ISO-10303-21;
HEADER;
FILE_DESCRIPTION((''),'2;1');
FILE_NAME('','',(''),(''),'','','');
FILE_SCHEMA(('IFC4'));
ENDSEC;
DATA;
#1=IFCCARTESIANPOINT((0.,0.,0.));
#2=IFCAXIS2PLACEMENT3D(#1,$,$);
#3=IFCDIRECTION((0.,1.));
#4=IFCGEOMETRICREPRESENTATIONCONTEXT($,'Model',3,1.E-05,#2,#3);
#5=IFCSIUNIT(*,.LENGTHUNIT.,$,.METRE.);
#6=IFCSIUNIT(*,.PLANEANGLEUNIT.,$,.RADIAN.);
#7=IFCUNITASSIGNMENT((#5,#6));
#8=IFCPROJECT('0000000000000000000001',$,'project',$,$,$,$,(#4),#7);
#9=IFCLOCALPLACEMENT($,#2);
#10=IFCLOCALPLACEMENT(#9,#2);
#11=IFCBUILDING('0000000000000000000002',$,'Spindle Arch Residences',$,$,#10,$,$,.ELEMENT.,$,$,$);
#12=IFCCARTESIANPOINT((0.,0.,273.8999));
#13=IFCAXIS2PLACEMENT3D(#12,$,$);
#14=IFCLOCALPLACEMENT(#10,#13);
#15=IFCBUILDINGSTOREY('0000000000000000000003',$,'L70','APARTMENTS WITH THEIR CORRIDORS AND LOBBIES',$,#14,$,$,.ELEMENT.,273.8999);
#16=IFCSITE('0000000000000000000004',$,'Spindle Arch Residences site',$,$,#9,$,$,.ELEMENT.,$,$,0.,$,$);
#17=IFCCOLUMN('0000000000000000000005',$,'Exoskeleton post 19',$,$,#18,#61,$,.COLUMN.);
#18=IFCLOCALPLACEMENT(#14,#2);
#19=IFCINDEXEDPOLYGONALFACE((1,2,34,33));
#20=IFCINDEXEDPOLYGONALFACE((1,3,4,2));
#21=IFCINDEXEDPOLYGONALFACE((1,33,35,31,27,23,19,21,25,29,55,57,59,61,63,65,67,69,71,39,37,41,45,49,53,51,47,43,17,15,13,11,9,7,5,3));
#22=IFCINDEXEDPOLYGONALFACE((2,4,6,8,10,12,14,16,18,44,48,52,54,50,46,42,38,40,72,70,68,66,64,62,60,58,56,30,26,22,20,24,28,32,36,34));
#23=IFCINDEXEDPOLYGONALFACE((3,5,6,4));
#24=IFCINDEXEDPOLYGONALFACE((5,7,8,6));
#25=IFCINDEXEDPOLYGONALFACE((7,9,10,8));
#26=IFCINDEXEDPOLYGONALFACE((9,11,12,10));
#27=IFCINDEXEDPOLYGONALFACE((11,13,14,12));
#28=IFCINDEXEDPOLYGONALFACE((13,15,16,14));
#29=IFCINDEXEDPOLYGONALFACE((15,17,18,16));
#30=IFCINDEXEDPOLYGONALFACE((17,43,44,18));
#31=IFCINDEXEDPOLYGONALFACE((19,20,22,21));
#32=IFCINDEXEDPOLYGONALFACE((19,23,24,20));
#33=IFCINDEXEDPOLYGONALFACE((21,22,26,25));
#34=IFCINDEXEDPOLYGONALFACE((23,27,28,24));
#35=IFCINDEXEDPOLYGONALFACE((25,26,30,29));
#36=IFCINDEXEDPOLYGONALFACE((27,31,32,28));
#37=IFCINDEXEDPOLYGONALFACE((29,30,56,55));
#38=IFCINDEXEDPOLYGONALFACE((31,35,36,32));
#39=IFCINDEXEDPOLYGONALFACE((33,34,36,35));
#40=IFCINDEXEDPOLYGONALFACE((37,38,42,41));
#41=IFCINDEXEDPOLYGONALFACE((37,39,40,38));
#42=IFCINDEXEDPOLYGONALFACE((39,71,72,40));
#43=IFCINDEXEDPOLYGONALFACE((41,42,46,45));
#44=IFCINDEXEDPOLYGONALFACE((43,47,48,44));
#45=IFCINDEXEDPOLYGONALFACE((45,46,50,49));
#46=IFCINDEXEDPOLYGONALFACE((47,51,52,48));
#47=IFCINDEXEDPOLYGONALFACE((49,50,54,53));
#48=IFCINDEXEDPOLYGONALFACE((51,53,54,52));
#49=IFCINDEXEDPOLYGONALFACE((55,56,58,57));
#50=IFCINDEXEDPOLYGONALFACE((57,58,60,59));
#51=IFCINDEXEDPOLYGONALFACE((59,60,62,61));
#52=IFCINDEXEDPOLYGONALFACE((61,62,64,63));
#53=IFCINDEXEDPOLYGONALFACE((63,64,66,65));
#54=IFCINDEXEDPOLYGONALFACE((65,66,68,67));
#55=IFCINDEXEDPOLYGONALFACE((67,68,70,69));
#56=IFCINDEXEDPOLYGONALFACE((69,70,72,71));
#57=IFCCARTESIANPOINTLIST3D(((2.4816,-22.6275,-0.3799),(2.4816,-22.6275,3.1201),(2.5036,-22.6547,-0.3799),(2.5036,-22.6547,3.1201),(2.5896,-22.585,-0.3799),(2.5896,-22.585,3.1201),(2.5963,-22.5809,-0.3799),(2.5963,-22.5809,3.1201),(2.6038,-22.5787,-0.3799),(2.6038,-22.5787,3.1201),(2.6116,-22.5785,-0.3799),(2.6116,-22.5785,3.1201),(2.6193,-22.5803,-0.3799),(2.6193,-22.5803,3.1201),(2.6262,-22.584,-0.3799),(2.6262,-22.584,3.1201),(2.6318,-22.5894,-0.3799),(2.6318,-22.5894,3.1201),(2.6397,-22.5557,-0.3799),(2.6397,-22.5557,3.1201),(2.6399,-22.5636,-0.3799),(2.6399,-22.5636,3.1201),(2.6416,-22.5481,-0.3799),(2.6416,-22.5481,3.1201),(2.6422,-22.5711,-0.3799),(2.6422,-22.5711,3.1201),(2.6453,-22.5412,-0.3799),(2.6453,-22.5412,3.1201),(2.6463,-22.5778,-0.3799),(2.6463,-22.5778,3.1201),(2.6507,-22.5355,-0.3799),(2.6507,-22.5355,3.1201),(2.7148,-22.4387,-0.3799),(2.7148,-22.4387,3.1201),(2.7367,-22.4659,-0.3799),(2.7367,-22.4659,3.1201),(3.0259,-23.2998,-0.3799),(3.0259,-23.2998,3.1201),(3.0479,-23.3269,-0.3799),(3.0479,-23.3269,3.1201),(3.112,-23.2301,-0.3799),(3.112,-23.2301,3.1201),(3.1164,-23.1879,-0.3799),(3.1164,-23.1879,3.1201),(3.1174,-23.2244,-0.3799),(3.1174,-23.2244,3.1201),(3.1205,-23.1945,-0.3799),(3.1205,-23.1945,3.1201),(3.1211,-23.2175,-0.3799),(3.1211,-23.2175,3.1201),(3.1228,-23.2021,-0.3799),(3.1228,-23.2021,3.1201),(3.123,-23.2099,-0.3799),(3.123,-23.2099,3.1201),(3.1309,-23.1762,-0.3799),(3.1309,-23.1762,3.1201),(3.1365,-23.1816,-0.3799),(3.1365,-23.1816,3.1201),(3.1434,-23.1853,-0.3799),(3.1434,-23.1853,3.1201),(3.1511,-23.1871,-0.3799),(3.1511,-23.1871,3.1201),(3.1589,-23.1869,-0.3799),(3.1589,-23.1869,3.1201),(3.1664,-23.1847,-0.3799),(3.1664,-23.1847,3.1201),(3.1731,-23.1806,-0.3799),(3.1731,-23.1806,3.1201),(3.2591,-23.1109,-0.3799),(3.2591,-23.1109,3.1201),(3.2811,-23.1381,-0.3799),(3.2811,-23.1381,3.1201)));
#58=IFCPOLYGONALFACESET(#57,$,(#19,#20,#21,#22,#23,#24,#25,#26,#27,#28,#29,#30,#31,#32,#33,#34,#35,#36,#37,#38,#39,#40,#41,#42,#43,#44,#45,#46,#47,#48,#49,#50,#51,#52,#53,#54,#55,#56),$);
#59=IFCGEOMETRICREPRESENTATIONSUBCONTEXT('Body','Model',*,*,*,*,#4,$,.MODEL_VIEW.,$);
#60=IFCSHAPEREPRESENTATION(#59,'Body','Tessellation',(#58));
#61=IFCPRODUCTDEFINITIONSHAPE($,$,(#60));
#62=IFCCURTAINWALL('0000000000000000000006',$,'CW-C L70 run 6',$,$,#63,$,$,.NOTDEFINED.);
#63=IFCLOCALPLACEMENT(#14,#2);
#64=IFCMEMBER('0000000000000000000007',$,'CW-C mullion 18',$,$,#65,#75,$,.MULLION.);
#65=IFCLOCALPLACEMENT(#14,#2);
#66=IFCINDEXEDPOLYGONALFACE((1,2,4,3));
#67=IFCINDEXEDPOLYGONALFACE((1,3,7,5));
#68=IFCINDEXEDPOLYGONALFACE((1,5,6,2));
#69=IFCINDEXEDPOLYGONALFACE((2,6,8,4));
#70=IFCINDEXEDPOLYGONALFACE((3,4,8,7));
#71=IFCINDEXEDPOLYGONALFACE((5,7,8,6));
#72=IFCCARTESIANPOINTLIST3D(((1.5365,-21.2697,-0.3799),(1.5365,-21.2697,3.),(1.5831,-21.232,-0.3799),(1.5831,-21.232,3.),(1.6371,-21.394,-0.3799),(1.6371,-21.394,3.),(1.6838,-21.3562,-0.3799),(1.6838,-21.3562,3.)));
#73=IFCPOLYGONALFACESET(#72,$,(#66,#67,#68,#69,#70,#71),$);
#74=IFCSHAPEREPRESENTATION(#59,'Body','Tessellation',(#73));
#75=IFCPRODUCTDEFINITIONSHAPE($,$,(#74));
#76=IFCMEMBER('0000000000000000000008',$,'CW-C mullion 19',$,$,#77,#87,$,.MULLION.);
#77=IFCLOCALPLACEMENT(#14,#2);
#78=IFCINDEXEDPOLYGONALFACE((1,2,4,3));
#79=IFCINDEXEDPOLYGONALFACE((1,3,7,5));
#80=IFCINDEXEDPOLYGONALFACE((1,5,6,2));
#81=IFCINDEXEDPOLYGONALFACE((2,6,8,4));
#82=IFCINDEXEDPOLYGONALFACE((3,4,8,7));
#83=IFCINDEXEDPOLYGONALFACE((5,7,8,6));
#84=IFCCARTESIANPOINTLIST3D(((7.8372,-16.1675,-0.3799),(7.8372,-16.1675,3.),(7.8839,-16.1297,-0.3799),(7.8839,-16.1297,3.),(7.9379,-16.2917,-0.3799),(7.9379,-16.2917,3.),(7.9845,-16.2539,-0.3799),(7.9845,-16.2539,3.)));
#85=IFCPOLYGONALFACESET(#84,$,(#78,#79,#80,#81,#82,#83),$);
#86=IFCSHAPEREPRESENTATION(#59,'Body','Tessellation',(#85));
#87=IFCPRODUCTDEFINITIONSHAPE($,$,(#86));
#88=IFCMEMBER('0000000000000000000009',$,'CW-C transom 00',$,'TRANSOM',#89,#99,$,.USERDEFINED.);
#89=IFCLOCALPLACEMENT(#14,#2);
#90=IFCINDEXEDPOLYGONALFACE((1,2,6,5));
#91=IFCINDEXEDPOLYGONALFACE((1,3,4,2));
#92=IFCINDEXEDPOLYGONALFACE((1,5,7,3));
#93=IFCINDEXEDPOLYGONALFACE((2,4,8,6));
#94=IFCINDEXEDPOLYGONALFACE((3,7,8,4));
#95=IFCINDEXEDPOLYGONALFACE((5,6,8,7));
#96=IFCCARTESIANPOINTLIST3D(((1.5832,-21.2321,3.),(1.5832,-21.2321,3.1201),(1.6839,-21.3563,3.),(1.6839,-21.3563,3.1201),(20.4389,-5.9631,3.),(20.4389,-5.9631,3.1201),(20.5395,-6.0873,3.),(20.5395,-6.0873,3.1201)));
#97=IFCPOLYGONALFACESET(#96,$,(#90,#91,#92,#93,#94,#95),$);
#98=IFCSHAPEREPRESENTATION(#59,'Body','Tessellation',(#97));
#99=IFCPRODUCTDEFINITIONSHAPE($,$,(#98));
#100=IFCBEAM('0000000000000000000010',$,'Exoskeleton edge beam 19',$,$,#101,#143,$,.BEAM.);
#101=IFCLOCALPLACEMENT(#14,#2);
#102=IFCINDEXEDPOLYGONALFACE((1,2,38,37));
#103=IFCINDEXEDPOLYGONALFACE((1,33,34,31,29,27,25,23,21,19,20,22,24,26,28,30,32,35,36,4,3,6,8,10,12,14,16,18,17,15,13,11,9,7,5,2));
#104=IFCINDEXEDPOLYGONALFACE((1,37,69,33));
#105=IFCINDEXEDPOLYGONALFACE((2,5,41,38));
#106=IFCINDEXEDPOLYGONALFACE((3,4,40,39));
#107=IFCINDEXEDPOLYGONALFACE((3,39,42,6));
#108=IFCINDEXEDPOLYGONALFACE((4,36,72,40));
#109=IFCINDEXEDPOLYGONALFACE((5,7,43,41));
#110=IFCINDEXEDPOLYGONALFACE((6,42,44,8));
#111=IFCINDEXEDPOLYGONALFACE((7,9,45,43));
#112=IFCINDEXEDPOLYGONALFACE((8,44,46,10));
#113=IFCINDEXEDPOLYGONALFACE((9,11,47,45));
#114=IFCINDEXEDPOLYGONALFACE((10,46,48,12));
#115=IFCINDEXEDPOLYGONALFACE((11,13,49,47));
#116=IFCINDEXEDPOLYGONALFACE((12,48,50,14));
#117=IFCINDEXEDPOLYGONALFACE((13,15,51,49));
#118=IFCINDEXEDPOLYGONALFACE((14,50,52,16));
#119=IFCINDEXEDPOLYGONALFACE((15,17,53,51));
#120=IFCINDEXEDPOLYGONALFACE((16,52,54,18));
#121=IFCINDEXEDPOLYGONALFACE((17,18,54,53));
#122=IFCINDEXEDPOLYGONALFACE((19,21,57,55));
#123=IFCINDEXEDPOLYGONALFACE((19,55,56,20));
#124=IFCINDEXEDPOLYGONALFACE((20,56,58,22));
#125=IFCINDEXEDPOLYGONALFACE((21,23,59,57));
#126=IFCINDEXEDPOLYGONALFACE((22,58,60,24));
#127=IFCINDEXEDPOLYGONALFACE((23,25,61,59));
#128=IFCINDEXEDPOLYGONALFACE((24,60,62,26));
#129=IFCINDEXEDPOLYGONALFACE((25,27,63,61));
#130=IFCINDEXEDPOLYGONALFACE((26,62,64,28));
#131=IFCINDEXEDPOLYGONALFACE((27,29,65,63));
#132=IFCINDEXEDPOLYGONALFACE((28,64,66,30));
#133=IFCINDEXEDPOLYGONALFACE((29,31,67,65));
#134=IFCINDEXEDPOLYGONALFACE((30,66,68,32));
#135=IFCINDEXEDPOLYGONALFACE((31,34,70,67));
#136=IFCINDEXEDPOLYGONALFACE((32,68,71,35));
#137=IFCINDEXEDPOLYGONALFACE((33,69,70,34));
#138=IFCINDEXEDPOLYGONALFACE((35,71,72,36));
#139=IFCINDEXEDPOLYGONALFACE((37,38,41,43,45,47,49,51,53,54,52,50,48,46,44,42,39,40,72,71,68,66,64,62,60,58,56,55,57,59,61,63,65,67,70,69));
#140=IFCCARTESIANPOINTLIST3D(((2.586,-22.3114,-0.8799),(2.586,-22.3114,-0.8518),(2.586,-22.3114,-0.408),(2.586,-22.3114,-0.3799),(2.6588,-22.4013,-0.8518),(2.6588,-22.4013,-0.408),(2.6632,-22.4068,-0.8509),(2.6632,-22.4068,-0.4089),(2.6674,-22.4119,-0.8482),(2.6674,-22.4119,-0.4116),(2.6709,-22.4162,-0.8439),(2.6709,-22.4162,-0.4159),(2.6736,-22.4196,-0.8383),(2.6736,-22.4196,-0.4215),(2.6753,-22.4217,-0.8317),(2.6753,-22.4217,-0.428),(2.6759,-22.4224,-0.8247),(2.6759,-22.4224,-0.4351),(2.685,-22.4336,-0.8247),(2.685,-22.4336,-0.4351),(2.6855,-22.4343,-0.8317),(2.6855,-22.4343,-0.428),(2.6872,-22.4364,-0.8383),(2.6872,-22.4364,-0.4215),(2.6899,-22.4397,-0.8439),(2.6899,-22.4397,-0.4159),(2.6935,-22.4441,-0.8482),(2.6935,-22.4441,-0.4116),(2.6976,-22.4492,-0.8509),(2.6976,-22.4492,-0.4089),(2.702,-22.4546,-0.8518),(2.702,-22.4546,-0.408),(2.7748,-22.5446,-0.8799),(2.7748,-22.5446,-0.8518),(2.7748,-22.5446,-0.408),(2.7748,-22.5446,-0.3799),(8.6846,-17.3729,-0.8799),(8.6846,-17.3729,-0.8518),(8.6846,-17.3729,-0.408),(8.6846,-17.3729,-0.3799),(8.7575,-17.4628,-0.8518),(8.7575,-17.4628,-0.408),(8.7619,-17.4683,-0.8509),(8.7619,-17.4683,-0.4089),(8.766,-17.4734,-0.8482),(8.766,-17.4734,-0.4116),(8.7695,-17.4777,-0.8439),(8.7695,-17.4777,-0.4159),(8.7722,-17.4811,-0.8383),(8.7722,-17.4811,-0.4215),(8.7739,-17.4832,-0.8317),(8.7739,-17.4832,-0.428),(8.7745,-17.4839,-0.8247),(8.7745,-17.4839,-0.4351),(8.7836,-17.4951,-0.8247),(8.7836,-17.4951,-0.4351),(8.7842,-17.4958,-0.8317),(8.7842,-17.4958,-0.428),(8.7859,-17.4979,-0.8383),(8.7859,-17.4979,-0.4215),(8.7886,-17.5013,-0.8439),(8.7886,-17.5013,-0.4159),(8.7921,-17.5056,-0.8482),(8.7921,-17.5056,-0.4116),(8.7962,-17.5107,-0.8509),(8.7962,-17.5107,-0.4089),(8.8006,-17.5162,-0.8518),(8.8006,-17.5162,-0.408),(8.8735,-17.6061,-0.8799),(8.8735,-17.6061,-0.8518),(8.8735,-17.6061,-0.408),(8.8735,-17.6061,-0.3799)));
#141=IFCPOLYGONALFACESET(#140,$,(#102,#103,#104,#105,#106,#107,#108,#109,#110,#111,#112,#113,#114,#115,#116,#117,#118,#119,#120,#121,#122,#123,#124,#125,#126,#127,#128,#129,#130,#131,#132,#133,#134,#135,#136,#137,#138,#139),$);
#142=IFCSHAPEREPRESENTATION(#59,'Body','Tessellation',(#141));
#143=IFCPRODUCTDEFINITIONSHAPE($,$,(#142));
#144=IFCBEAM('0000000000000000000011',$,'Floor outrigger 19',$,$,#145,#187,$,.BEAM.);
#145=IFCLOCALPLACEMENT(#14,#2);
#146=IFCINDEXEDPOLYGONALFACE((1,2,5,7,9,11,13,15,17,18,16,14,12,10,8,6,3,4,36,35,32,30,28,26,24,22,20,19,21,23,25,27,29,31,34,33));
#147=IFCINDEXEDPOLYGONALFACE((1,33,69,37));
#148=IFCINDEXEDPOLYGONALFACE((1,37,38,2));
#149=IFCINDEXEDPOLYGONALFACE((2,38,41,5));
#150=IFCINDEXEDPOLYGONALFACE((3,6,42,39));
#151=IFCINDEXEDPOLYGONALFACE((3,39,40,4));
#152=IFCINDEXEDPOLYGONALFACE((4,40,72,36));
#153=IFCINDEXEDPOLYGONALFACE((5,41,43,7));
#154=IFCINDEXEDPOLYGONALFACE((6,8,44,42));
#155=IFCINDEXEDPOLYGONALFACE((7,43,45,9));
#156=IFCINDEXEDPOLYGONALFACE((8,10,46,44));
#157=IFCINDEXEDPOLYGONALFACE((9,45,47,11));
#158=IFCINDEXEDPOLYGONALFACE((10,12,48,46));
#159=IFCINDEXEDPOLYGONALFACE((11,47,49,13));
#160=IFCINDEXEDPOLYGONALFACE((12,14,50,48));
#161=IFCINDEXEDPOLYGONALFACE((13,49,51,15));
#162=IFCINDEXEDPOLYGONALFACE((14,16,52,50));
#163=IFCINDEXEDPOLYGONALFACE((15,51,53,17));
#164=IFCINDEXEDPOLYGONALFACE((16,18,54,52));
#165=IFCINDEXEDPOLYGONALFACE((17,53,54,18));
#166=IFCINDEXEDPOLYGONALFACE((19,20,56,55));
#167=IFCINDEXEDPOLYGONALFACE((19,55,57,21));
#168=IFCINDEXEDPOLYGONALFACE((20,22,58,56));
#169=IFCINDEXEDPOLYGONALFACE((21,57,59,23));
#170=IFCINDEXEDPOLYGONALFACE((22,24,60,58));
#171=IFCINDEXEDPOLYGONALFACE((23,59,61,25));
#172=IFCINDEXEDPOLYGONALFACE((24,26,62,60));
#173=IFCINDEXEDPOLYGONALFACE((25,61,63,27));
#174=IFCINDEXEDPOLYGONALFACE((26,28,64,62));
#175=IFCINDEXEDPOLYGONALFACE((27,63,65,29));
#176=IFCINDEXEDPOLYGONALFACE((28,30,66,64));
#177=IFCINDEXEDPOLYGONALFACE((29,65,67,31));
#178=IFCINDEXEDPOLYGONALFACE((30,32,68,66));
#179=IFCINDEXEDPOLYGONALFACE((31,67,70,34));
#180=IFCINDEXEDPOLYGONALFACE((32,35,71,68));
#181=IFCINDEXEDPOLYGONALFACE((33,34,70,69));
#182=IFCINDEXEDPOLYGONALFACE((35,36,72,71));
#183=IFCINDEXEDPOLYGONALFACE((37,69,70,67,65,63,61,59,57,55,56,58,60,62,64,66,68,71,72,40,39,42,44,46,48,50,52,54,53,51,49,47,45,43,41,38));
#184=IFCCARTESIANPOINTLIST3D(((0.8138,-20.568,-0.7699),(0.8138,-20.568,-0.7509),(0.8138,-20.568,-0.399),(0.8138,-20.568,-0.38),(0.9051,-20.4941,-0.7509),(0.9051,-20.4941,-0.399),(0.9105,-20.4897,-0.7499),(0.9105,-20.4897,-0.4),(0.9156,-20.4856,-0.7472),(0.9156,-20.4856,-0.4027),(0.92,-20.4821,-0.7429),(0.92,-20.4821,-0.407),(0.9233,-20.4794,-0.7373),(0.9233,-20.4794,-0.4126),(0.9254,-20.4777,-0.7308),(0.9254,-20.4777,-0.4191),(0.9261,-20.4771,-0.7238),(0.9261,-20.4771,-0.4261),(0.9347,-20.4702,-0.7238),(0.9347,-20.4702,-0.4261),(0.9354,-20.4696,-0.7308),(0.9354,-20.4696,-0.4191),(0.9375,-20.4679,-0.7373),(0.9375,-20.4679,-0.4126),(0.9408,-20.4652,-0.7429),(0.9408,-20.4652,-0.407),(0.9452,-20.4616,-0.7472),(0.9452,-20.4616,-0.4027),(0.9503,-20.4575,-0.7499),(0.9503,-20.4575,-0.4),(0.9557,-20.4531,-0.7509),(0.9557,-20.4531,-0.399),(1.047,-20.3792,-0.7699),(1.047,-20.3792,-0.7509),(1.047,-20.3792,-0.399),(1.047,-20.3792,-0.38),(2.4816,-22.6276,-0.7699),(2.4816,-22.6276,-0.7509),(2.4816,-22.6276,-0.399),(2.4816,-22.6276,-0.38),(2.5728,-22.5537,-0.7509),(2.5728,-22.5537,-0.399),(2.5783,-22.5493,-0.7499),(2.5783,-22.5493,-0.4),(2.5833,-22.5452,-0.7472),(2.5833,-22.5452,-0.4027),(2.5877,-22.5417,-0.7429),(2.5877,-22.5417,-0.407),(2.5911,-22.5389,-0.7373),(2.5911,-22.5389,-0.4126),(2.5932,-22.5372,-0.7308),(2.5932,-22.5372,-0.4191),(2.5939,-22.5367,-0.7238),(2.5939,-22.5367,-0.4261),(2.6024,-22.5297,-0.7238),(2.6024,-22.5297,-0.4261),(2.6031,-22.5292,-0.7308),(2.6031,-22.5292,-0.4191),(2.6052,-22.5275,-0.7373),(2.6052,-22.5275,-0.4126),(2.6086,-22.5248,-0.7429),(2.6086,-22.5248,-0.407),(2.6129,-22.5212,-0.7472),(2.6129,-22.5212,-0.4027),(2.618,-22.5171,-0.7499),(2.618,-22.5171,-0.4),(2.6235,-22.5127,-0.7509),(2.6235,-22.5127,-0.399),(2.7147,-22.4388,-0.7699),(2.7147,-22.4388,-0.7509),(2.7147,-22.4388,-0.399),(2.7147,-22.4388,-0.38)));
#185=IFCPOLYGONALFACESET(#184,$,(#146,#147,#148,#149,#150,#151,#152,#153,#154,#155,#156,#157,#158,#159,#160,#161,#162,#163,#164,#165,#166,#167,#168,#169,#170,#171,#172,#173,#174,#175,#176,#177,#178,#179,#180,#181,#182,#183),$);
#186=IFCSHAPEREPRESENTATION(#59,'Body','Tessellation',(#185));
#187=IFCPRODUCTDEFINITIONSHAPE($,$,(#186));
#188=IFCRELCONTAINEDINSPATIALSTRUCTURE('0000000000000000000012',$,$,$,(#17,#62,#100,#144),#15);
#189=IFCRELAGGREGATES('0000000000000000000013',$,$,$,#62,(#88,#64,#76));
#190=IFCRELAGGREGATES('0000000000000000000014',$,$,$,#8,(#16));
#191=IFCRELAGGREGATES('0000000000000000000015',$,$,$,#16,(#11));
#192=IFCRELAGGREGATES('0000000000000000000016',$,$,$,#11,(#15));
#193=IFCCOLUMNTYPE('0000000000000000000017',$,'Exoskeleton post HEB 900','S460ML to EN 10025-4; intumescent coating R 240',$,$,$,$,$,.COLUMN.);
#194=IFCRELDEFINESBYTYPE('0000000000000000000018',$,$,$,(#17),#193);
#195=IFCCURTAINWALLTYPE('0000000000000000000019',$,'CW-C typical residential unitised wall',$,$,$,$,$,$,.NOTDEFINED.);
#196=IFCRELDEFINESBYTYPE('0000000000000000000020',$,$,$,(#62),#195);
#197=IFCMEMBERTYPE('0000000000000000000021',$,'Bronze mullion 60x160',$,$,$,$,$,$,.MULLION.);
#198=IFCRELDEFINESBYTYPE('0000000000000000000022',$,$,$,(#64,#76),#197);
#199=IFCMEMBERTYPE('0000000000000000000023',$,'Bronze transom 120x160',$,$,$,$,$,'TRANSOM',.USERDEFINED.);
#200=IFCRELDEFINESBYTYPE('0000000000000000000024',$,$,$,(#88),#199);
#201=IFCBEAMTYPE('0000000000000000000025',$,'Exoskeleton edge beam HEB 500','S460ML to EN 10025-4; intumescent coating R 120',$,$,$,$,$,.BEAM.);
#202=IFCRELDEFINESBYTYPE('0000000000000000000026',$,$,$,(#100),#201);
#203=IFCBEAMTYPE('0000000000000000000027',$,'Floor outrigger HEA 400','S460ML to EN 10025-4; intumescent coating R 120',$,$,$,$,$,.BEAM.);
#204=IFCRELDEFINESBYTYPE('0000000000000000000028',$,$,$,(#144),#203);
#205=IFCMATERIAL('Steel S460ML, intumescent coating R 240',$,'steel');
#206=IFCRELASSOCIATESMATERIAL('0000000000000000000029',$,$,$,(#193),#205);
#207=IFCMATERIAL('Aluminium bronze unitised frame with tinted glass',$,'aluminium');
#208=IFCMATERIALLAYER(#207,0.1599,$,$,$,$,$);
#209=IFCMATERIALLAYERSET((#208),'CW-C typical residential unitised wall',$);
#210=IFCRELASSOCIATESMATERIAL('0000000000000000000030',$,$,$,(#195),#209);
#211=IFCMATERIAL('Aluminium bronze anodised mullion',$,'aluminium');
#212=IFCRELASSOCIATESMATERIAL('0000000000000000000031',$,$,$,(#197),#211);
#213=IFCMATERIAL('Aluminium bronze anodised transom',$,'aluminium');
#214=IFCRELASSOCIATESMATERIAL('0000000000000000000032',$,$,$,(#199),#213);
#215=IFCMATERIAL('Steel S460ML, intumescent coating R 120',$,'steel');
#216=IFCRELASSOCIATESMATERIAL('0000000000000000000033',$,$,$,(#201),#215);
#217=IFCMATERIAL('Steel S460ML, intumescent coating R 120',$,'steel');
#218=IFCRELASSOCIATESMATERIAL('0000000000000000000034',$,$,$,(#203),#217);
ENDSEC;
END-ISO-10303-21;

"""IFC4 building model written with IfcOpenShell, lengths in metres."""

from ifc_helpers import new_model, si_unit, direction, frame, origin, origin_2d, place, context, subcontext, project, spatial, rectangle, i_section, extrude, material, layer, layer_set, material_profile, profile_set, type_object, element, aggregate, save


model = new_model("IFC4")

# Units and contexts
model_context = context("Model", 3, precision=1e-05, world=origin(), true_north=direction((0.0, 1.0)))
body_context = subcontext(model_context, "Body", "Model", "MODEL_VIEW")
ifc_project = project(units=[si_unit("LENGTHUNIT", "METRE"), si_unit("PLANEANGLEUNIT", "RADIAN")], contexts=[model_context])

# Site, building, storey
site_placement = place(None, origin())
site = spatial("IfcSite", under=ifc_project, at=site_placement, Name="Spindle Arch Residences site", CompositionType="ELEMENT", RefElevation=0.0)
building_placement = place(site_placement, origin())
building = spatial("IfcBuilding", under=site, at=building_placement, Name="Spindle Arch Residences", CompositionType="ELEMENT")
storey_placement = place(building_placement, frame((0.0, 0.0, 273.8999)))
storey = spatial("IfcBuildingStorey", under=building, at=storey_placement, Name="L70", Description="APARTMENTS WITH THEIR CORRIDORS AND LOBBIES", CompositionType="ELEMENT", Elevation=273.8999)

# Column
ifc_material_1 = material(Name="Steel S460ML, intumescent coating R 240", Category="steel")
ifc_material_profile_1 = material_profile(ifc_material_1, i_section(OverallWidth=0.3, OverallDepth=0.8999, WebThickness=0.0186, FlangeThickness=0.0349, FilletRadius=0.03, at=origin_2d()), Name="HEB 900")
ifc_profile_set_1 = profile_set([ifc_material_profile_1], Name="Steel S460ML, intumescent coating R 240")
column_type = type_object("IfcColumnType", Name="Exoskeleton post HEB 900", Description="S460ML to EN 10025-4; intumescent coating R 240", PredefinedType="COLUMN", material=ifc_profile_set_1)
column_placement = place(storey_placement, frame((2.8813, -22.8828, -0.3799), z_axis=(0.0, 0.0, 1.0), x_axis=(-0.777146, -0.62932, 0.0)))
element("IfcColumn", 1, at=column_placement, inside=storey, type_object=column_type, Name="Exoskeleton post 19", PredefinedType="COLUMN", context=body_context, shape_type="SweptSolid", body=[
    extrude(i_section(OverallWidth=0.3, OverallDepth=0.8999, WebThickness=0.0186, FlangeThickness=0.0349, FilletRadius=0.03, at=origin_2d()), origin(), (0.0, 0.0, 1.0), 3.5),
])

# Curtain wall, members
ifc_material_2 = material(Name="Aluminium bronze unitised frame with tinted glass", Category="aluminium")
ifc_layer_1 = layer(ifc_material_2, 0.1599)
ifc_layer_set_1 = layer_set([ifc_layer_1], Name="CW-C typical residential unitised wall")
curtain_wall_type_1 = type_object("IfcCurtainWallType", Name="CW-C typical residential unitised wall", PredefinedType="NOTDEFINED", material=ifc_layer_set_1)
curtain_wall_1_placement = place(storey_placement, origin())
curtain_wall_1 = element("IfcCurtainWall", 2, at=curtain_wall_1_placement, inside=storey, type_object=curtain_wall_type_1, Name="CW-C L70 run 6", PredefinedType="NOTDEFINED")
ifc_material_3 = material(Name="Aluminium bronze anodised mullion", Category="aluminium")
ifc_material_profile_2 = material_profile(ifc_material_3, rectangle(XDim=0.1599, YDim=0.0601, at=origin_2d()), Name="MU 60x160")
ifc_profile_set_2 = profile_set([ifc_material_profile_2], Name="Aluminium bronze anodised mullion")
member_type_1 = type_object("IfcMemberType", Name="Bronze mullion 60x160", PredefinedType="MULLION", material=ifc_profile_set_2)
member_1_placement = place(storey_placement, frame((1.6101, -21.313, -0.3799), z_axis=(0.0, 0.0, 1.0), x_axis=(-0.62932, 0.777146, 0.0)))
member_1 = element("IfcMember", 3, at=member_1_placement, type_object=member_type_1, Name="CW-C mullion 18", PredefinedType="MULLION", context=body_context, shape_type="SweptSolid", body=[
    extrude(rectangle(XDim=0.1599, YDim=0.0601, at=origin_2d()), origin(), (0.0, 0.0, 1.0), 3.3799),
])
member_2_placement = place(storey_placement, frame((7.9109, -16.2107, -0.3799), z_axis=(0.0, 0.0, 1.0), x_axis=(-0.62932, 0.777146, 0.0)))
member_2 = element("IfcMember", 4, at=member_2_placement, type_object=member_type_1, Name="CW-C mullion 19", PredefinedType="MULLION", context=body_context, shape_type="SweptSolid", body=[
    extrude(rectangle(XDim=0.1599, YDim=0.0601, at=origin_2d()), origin(), (0.0, 0.0, 1.0), 3.3799),
])
ifc_material_4 = material(Name="Aluminium bronze anodised transom", Category="aluminium")
ifc_material_profile_3 = material_profile(ifc_material_4, rectangle(XDim=0.1599, YDim=0.1201, at=origin_2d()), Name="TR 120x160")
ifc_profile_set_3 = profile_set([ifc_material_profile_3], Name="Aluminium bronze anodised transom")
member_type_2 = type_object("IfcMemberType", Name="Bronze transom 120x160", ElementType="TRANSOM", PredefinedType="USERDEFINED", material=ifc_profile_set_3)
member_3_placement = place(storey_placement, frame((1.6335, -21.2942, 3.0601), z_axis=(0.777146, 0.62932, 0.0), x_axis=(-0.62932, 0.777146, 0.0)))
member_3 = element("IfcMember", 5, at=member_3_placement, type_object=member_type_2, Name="CW-C transom 00", ObjectType="TRANSOM", PredefinedType="USERDEFINED", context=body_context, shape_type="SweptSolid", body=[
    extrude(rectangle(XDim=0.1599, YDim=0.1201, at=origin_2d()), origin(), (0.0, 0.0, 1.0), 24.2627),
])

# Beams
ifc_material_5 = material(Name="Steel S460ML, intumescent coating R 120", Category="steel")
ifc_material_profile_4 = material_profile(ifc_material_5, i_section(OverallWidth=0.3, OverallDepth=0.5, WebThickness=0.0144, FlangeThickness=0.0281, FilletRadius=0.0271, at=origin_2d()), Name="HEB 500")
ifc_profile_set_4 = profile_set([ifc_material_profile_4], Name="Steel S460ML, intumescent coating R 120")
beam_type_1 = type_object("IfcBeamType", Name="Exoskeleton edge beam HEB 500", Description="S460ML to EN 10025-4; intumescent coating R 120", PredefinedType="BEAM", material=ifc_profile_set_4)
beam_1_placement = place(storey_placement, frame((2.6804, -22.428, -0.6299), z_axis=(0.777152, 0.629313, 0.0), x_axis=(-0.629313, 0.777152, 0.0)))
element("IfcBeam", 6, at=beam_1_placement, inside=storey, type_object=beam_type_1, Name="Exoskeleton edge beam 19", PredefinedType="BEAM", context=body_context, shape_type="SweptSolid", body=[
    extrude(i_section(OverallWidth=0.3, OverallDepth=0.5, WebThickness=0.0144, FlangeThickness=0.0281, FilletRadius=0.0271, at=origin_2d()), origin(), (0.0, 0.0, 1.0), 7.8474),
])
ifc_material_6 = material(Name="Steel S460ML, intumescent coating R 120", Category="steel")
ifc_material_profile_5 = material_profile(ifc_material_6, i_section(OverallWidth=0.3, OverallDepth=0.3899, WebThickness=0.011, FlangeThickness=0.019, FilletRadius=0.0271, at=origin_2d()), Name="HEA 400")
ifc_profile_set_5 = profile_set([ifc_material_profile_5], Name="Steel S460ML, intumescent coating R 120")
beam_type_2 = type_object("IfcBeamType", Name="Floor outrigger HEA 400", Description="S460ML to EN 10025-4; intumescent coating R 120", PredefinedType="BEAM", material=ifc_profile_set_5)
beam_2_placement = place(storey_placement, frame((2.5981, -22.5332, -0.575), z_axis=(-0.629302, 0.777161, 0.0), x_axis=(-0.777161, -0.629302, 0.0)))
element("IfcBeam", 7, at=beam_2_placement, inside=storey, type_object=beam_type_2, Name="Floor outrigger 19", PredefinedType="BEAM", context=body_context, shape_type="SweptSolid", body=[
    extrude(i_section(OverallWidth=0.3, OverallDepth=0.3899, WebThickness=0.011, FlangeThickness=0.019, FilletRadius=0.0271, at=origin_2d()), origin(), (0.0, 0.0, 1.0), 2.6501),
])

aggregate(curtain_wall_1, [member_3, member_1, member_2])

save(model, "model.ifc")
